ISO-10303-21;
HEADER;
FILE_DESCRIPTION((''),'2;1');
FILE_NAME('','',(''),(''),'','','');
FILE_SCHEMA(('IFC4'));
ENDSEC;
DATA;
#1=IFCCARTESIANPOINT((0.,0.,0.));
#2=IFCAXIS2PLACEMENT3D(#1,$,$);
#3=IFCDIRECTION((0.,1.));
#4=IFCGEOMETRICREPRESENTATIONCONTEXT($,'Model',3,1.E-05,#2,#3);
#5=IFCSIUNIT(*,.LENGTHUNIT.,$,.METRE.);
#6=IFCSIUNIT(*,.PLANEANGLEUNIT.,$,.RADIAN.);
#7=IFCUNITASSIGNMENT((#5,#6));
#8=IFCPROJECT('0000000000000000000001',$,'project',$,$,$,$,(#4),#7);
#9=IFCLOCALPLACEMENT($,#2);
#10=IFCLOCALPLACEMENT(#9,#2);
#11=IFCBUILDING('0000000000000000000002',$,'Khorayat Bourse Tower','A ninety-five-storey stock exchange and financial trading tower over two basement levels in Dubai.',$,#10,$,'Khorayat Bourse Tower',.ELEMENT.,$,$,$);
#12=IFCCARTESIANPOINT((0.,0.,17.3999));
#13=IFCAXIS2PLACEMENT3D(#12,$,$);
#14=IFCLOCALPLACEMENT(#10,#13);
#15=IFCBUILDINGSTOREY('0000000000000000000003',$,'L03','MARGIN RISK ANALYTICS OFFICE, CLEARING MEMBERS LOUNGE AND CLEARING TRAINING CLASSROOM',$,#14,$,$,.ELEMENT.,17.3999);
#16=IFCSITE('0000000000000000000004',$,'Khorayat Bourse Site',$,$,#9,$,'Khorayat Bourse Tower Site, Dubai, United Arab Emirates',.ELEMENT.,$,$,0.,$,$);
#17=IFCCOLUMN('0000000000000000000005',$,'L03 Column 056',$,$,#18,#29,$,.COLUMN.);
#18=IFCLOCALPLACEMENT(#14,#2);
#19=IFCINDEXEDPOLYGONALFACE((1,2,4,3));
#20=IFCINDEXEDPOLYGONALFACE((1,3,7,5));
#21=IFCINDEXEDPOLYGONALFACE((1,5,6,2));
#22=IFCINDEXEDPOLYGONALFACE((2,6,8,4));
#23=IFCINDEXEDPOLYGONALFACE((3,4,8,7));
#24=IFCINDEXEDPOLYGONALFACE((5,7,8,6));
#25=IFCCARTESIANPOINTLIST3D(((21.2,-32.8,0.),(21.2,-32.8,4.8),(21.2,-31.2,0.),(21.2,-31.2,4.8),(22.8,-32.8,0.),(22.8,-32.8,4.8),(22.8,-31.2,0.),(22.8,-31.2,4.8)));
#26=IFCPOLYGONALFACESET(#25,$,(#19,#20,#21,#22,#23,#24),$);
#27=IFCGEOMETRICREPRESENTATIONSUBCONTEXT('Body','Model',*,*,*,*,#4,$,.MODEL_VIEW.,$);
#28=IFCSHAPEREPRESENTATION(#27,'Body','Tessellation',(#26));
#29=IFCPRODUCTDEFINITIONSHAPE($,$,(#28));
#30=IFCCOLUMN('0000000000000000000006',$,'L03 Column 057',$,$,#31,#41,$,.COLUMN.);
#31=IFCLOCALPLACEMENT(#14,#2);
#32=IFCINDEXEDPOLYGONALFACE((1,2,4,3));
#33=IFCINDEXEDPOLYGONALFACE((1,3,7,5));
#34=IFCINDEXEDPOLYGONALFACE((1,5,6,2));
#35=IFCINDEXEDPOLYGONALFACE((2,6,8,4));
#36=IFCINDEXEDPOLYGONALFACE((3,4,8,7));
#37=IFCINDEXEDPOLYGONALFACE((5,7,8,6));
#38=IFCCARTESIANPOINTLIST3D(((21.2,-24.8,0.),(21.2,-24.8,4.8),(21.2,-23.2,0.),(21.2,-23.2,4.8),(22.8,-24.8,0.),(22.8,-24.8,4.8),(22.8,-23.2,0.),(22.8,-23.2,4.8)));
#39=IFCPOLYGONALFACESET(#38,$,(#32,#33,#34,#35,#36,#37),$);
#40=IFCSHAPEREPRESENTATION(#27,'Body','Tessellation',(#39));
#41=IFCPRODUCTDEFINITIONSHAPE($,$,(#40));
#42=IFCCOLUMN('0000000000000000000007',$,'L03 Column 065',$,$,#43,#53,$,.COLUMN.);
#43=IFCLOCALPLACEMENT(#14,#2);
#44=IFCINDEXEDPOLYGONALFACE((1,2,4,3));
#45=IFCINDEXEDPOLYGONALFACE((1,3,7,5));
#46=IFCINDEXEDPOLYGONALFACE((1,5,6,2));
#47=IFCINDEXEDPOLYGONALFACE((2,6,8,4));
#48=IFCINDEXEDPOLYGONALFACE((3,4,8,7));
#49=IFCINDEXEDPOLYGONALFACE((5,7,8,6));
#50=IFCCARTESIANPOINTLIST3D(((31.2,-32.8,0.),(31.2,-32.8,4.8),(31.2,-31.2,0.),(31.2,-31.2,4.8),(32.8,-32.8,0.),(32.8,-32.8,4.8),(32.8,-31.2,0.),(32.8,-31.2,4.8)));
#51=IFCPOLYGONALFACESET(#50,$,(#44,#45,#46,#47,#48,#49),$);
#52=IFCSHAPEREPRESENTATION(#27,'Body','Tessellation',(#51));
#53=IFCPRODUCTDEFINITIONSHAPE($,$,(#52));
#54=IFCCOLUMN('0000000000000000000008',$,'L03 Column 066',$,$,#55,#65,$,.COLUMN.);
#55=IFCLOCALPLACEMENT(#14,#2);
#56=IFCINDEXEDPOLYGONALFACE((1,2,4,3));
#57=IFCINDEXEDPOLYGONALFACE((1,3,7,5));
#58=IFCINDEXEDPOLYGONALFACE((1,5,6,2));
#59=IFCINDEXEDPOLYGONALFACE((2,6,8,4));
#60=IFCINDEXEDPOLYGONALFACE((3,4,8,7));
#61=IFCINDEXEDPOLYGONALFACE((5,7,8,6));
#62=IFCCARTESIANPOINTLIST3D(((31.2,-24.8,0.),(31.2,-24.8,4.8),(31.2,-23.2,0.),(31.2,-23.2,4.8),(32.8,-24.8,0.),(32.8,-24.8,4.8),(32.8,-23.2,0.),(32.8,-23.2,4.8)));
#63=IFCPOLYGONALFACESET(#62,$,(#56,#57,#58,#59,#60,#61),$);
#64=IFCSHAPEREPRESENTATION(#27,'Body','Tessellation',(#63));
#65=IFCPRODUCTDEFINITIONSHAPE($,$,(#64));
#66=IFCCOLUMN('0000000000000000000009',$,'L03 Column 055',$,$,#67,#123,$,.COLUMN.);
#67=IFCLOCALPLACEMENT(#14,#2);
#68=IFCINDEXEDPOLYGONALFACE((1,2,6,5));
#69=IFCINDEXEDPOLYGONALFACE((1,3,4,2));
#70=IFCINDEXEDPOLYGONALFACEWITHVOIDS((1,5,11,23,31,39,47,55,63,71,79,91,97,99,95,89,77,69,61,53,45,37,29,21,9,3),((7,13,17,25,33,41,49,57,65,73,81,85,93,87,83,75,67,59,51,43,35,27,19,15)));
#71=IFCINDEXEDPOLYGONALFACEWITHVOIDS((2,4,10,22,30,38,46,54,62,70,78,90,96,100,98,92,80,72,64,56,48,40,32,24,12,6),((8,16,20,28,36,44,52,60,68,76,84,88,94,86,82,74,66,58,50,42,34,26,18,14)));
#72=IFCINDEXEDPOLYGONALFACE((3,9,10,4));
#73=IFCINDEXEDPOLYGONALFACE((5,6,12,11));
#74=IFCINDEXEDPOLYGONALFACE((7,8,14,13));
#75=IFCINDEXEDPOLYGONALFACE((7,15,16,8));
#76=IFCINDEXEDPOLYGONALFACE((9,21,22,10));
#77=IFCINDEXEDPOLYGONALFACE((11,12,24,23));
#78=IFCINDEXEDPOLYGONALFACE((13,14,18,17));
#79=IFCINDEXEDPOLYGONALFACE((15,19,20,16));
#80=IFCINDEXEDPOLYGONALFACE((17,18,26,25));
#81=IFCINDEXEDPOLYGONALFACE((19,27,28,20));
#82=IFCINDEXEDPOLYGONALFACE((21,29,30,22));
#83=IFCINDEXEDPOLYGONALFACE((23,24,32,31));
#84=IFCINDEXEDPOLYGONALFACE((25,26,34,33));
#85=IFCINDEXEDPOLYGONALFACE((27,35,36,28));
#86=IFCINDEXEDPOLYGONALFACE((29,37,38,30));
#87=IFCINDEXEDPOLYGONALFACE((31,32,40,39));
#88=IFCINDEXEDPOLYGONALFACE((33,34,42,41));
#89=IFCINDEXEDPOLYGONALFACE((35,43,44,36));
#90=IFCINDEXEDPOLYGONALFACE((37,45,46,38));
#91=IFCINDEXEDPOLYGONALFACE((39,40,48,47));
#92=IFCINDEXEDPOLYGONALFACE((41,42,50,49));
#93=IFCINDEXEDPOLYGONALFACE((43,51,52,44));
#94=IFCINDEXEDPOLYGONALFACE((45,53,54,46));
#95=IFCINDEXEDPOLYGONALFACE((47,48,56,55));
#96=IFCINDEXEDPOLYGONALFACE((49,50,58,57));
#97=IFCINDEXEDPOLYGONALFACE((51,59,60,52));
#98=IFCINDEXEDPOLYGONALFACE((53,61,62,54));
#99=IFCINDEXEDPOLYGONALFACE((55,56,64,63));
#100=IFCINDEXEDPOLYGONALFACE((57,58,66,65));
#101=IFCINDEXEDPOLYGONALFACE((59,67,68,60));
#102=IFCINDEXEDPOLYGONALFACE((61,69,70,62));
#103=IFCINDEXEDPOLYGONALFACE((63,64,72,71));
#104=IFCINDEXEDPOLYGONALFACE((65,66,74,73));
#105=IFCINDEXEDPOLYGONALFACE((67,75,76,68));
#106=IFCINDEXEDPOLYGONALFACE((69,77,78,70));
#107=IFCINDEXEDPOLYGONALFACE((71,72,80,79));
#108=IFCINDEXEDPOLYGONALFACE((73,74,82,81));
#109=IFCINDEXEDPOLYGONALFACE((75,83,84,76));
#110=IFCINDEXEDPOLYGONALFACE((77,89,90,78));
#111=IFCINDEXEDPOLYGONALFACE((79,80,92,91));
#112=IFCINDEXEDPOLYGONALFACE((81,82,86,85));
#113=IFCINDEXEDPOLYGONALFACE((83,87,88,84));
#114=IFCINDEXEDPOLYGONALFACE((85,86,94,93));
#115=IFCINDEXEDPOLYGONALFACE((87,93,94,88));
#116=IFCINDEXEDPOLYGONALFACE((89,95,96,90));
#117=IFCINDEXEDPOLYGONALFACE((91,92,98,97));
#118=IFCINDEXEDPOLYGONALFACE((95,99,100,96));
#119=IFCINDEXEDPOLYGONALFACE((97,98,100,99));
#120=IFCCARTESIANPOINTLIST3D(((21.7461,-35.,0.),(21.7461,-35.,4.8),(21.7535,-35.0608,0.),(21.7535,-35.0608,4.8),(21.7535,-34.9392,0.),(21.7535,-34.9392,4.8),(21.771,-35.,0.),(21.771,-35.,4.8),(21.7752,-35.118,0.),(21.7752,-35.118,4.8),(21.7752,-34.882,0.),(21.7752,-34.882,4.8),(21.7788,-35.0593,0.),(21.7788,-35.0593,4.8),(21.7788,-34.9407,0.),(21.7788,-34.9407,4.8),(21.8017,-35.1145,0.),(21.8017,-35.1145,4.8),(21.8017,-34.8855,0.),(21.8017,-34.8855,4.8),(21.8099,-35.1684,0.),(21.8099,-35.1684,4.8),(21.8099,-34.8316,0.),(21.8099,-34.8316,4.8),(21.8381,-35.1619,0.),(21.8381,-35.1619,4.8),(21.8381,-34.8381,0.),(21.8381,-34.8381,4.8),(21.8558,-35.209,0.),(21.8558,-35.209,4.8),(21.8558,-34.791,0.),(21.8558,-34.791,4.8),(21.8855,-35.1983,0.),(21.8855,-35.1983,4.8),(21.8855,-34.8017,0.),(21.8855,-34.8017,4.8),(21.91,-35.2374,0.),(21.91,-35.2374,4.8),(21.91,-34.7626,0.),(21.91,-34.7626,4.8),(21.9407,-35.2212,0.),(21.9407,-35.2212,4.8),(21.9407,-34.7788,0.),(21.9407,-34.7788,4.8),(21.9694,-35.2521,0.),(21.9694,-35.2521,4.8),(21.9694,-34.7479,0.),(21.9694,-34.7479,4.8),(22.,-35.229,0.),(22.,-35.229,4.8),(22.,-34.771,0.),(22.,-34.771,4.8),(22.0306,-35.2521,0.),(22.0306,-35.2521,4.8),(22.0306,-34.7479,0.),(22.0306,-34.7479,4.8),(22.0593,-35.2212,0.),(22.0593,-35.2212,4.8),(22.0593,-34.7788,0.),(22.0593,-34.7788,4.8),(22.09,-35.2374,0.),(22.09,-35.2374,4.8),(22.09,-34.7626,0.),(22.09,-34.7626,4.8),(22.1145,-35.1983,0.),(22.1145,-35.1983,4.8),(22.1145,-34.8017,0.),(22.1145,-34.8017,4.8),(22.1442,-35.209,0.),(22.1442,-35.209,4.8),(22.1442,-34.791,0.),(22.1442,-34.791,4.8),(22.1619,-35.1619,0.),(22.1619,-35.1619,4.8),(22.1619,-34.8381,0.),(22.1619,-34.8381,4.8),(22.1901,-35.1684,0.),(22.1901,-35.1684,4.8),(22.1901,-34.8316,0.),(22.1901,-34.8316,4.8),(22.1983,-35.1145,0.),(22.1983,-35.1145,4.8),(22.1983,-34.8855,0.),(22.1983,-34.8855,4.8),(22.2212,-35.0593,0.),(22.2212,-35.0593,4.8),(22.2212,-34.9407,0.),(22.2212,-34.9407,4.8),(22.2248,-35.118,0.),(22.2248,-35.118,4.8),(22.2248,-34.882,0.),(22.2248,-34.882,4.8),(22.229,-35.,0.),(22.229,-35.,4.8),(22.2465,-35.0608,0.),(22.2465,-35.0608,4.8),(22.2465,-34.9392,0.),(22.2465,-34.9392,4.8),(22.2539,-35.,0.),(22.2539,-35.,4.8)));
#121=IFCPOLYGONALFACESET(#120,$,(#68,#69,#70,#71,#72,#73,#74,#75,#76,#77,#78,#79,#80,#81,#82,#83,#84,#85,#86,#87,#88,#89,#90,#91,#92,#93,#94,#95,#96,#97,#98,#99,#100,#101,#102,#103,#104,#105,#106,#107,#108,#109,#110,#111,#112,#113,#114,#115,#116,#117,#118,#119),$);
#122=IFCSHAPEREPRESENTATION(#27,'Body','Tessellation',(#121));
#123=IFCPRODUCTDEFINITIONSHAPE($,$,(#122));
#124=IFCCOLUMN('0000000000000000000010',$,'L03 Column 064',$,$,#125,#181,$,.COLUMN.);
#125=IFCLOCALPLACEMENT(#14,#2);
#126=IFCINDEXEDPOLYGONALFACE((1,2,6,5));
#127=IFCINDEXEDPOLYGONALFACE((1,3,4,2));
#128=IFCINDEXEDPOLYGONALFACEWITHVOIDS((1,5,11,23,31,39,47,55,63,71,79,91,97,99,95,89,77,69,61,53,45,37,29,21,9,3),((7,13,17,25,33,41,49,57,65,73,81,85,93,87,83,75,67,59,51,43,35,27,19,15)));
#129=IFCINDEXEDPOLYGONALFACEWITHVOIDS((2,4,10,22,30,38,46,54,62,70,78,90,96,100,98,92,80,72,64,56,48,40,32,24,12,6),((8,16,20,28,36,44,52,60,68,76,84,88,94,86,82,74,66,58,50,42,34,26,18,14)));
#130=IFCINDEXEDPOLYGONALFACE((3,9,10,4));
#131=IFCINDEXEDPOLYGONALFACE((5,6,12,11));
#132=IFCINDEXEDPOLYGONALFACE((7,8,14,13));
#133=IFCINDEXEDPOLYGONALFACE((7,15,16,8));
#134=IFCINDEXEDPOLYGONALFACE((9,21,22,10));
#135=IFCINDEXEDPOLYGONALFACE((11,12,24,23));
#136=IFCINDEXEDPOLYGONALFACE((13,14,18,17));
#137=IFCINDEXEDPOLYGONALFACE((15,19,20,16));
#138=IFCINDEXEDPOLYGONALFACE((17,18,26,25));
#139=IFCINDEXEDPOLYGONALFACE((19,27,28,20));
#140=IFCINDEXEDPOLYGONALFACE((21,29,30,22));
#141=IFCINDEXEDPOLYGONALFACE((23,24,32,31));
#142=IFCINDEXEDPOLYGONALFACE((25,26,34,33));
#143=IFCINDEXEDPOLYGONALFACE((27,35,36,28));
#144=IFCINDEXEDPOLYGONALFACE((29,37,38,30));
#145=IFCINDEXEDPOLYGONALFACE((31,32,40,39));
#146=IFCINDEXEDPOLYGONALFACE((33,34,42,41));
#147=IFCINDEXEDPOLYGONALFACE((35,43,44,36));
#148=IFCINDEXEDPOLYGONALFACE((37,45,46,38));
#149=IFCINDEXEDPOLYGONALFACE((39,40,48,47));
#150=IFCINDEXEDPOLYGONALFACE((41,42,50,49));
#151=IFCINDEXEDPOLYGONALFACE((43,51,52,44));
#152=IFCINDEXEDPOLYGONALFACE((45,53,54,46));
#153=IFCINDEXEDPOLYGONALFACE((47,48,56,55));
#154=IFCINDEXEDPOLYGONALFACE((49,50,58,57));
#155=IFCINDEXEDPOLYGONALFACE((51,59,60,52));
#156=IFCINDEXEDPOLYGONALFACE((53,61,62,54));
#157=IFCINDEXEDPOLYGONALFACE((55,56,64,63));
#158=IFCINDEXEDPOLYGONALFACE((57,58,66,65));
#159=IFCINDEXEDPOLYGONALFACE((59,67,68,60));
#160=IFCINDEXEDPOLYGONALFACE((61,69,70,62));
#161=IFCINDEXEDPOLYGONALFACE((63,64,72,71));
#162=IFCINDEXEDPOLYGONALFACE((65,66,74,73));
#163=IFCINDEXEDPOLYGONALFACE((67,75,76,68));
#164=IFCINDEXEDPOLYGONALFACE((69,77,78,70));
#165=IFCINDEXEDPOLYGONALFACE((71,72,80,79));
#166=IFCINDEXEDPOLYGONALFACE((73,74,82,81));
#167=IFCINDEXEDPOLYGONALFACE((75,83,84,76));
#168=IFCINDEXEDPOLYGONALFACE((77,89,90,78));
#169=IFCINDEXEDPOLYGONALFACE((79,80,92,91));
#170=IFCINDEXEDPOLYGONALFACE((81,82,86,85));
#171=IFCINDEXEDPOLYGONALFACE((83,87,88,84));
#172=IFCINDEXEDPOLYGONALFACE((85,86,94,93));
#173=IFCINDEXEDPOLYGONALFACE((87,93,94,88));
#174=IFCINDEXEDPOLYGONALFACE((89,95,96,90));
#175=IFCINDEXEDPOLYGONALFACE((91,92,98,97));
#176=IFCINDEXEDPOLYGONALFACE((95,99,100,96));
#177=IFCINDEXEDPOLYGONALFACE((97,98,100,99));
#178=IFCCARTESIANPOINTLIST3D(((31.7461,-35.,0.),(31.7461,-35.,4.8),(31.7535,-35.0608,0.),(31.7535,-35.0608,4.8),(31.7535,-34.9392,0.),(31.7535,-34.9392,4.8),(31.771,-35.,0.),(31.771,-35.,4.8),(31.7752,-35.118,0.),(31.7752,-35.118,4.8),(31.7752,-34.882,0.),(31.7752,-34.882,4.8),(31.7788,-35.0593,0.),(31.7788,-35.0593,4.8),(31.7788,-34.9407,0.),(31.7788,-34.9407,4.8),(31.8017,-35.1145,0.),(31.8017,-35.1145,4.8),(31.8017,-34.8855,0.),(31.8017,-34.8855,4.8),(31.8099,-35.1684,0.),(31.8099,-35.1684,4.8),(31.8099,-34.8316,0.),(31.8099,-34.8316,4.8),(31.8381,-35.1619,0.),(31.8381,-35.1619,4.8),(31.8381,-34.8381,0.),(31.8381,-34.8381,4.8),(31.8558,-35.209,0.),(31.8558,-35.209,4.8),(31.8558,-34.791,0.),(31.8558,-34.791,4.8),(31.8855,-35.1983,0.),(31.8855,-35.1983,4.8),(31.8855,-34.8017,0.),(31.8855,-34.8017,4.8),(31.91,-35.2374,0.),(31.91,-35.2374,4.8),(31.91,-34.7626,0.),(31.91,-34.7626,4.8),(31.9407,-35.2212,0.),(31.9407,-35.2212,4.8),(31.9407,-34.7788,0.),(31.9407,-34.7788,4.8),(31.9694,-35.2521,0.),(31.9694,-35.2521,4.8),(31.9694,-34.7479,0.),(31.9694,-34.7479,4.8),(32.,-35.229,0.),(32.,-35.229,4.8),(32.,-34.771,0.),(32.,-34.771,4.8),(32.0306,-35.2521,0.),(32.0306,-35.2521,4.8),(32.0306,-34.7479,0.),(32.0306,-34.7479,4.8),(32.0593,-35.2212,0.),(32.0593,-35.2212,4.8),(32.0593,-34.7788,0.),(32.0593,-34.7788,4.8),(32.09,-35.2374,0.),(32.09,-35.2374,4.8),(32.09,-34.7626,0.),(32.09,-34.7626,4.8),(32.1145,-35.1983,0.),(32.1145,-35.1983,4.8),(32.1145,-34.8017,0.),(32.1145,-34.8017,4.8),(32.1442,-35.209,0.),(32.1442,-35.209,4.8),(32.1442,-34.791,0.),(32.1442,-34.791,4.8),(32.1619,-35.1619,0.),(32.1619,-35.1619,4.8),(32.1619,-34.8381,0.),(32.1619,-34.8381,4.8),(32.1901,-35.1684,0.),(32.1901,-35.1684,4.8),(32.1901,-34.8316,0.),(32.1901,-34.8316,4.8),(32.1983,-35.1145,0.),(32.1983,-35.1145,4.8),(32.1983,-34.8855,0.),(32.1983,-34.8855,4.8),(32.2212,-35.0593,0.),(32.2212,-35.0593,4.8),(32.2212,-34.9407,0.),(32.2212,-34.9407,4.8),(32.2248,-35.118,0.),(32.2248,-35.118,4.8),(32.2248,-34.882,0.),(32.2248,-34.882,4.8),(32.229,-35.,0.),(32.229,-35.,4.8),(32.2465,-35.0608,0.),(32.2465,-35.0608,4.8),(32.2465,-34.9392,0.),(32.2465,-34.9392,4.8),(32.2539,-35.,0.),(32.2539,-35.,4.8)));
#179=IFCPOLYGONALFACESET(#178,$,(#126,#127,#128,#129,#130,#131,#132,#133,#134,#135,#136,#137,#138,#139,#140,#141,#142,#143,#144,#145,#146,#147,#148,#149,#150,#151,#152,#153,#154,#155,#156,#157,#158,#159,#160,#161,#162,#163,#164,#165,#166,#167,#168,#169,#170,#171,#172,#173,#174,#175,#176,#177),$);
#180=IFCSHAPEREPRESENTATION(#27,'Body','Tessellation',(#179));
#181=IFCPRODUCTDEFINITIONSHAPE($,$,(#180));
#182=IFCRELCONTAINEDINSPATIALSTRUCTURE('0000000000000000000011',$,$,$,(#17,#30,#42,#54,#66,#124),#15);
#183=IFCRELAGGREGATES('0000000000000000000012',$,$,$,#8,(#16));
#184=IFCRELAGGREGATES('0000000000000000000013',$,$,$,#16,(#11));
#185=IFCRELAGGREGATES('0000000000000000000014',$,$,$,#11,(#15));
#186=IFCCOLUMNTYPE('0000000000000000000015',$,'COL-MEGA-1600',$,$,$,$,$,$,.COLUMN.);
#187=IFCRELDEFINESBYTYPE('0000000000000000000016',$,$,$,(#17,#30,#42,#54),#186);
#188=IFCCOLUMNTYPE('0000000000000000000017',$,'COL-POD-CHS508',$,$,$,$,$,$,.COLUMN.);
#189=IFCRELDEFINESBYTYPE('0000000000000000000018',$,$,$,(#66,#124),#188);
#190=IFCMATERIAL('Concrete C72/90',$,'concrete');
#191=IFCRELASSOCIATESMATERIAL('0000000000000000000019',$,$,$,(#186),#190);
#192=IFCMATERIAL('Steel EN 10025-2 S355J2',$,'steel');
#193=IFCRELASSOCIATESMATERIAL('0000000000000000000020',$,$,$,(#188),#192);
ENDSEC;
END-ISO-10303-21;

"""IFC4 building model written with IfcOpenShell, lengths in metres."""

from ifc_helpers import new_model, si_unit, direction, frame, origin, origin_2d, place, context, subcontext, project, spatial, rectangle, hollow_circle, extrude, source, transform, mapped, material, material_profile, profile_set, type_object, element, save


model = new_model("IFC4")

# Units and contexts
model_context = context("Model", 3, precision=1e-05, world=origin(), true_north=direction((0.0, 1.0)))
body_context = subcontext(model_context, "Body", "Model", "MODEL_VIEW")
ifc_project = project(units=[si_unit("LENGTHUNIT", "METRE"), si_unit("PLANEANGLEUNIT", "RADIAN")], contexts=[model_context])

# Site, building, storey
site_placement = place(None, origin())
site = spatial("IfcSite", under=ifc_project, at=site_placement, Name="Khorayat Bourse Site", LongName="Khorayat Bourse Tower Site, Dubai, United Arab Emirates", CompositionType="ELEMENT", RefElevation=0.0)
building_placement = place(site_placement, origin())
building = spatial("IfcBuilding", under=site, at=building_placement, Name="Khorayat Bourse Tower", Description="A ninety-five-storey stock exchange and financial trading tower over two basement levels in Dubai.", LongName="Khorayat Bourse Tower", CompositionType="ELEMENT")
storey_placement = place(building_placement, frame((0.0, 0.0, 17.3999)))
storey = spatial("IfcBuildingStorey", under=building, at=storey_placement, Name="L03", Description="MARGIN RISK ANALYTICS OFFICE, CLEARING MEMBERS LOUNGE AND CLEARING TRAINING CLASSROOM", CompositionType="ELEMENT", Elevation=17.3999)

# Columns
ifc_material_1 = material(Name="Concrete C72/90", Category="concrete")
ifc_material_profile_1 = material_profile(ifc_material_1, rectangle(XDim=1.6001, YDim=1.6001, at=origin_2d()), Name="RC 1600x1600")
ifc_profile_set_1 = profile_set([ifc_material_profile_1], Name="Concrete C72/90")
column_type_1 = type_object("IfcColumnType", Name="COL-MEGA-1600", PredefinedType="COLUMN", material=ifc_profile_set_1)
shared_shape_1 = source(origin(), body_context, "Body", "SweptSolid", [
    extrude(rectangle(XDim=1.6001, YDim=1.6001, at=origin_2d()), origin(), (0.0, 0.0, 1.0), 4.8),
])
for number, where, z_axis, x_axis, name in (
    (1, (22.0, -32.0, 0.0), (0.0, 0.0, 1.0), (1.0, 0.0, 0.0), "L03 Column 056"),
    (2, (22.0, -24.0, 0.0), (0.0, 0.0, 1.0), (1.0, 0.0, 0.0), "L03 Column 057"),
    (3, (32.0, -32.0, 0.0), (0.0, 0.0, 1.0), (1.0, 0.0, 0.0), "L03 Column 065"),
    (4, (32.0, -24.0, 0.0), (0.0, 0.0, 1.0), (1.0, 0.0, 0.0), "L03 Column 066"),
):
    element("IfcColumn", number, at=place(storey_placement, frame(where, z_axis=z_axis, x_axis=x_axis)), inside=storey, type_object=column_type_1, Name=name, PredefinedType="COLUMN", context=body_context, shape_type="MappedRepresentation", body=[
        mapped(shared_shape_1, transform((0.0, 0.0, 0.0), scale=1.0)),
    ])
ifc_material_2 = material(Name="Steel EN 10025-2 S355J2", Category="steel")
ifc_material_profile_2 = material_profile(ifc_material_2, hollow_circle(Radius=0.2539, WallThickness=0.0249, at=origin_2d()), Name="CHS 508x25")
ifc_profile_set_2 = profile_set([ifc_material_profile_2], Name="Steel EN 10025-2 S355J2")
column_type_2 = type_object("IfcColumnType", Name="COL-POD-CHS508", PredefinedType="COLUMN", material=ifc_profile_set_2)
shared_shape_2 = source(origin(), body_context, "Body", "SweptSolid", [
    extrude(hollow_circle(Radius=0.2539, WallThickness=0.0249, at=origin_2d()), origin(), (0.0, 0.0, 1.0), 4.8),
])
for number, where, z_axis, x_axis, name in (
    (5, (22.0, -35.0, 0.0), (0.0, 0.0, 1.0), (1.0, 0.0, 0.0), "L03 Column 055"),
    (6, (32.0, -35.0, 0.0), (0.0, 0.0, 1.0), (1.0, 0.0, 0.0), "L03 Column 064"),
):
    element("IfcColumn", number, at=place(storey_placement, frame(where, z_axis=z_axis, x_axis=x_axis)), inside=storey, type_object=column_type_2, Name=name, PredefinedType="COLUMN", context=body_context, shape_type="MappedRepresentation", body=[
        mapped(shared_shape_2, transform((0.0, 0.0, 0.0), scale=1.0)),
    ])

save(model, "model.ifc")
